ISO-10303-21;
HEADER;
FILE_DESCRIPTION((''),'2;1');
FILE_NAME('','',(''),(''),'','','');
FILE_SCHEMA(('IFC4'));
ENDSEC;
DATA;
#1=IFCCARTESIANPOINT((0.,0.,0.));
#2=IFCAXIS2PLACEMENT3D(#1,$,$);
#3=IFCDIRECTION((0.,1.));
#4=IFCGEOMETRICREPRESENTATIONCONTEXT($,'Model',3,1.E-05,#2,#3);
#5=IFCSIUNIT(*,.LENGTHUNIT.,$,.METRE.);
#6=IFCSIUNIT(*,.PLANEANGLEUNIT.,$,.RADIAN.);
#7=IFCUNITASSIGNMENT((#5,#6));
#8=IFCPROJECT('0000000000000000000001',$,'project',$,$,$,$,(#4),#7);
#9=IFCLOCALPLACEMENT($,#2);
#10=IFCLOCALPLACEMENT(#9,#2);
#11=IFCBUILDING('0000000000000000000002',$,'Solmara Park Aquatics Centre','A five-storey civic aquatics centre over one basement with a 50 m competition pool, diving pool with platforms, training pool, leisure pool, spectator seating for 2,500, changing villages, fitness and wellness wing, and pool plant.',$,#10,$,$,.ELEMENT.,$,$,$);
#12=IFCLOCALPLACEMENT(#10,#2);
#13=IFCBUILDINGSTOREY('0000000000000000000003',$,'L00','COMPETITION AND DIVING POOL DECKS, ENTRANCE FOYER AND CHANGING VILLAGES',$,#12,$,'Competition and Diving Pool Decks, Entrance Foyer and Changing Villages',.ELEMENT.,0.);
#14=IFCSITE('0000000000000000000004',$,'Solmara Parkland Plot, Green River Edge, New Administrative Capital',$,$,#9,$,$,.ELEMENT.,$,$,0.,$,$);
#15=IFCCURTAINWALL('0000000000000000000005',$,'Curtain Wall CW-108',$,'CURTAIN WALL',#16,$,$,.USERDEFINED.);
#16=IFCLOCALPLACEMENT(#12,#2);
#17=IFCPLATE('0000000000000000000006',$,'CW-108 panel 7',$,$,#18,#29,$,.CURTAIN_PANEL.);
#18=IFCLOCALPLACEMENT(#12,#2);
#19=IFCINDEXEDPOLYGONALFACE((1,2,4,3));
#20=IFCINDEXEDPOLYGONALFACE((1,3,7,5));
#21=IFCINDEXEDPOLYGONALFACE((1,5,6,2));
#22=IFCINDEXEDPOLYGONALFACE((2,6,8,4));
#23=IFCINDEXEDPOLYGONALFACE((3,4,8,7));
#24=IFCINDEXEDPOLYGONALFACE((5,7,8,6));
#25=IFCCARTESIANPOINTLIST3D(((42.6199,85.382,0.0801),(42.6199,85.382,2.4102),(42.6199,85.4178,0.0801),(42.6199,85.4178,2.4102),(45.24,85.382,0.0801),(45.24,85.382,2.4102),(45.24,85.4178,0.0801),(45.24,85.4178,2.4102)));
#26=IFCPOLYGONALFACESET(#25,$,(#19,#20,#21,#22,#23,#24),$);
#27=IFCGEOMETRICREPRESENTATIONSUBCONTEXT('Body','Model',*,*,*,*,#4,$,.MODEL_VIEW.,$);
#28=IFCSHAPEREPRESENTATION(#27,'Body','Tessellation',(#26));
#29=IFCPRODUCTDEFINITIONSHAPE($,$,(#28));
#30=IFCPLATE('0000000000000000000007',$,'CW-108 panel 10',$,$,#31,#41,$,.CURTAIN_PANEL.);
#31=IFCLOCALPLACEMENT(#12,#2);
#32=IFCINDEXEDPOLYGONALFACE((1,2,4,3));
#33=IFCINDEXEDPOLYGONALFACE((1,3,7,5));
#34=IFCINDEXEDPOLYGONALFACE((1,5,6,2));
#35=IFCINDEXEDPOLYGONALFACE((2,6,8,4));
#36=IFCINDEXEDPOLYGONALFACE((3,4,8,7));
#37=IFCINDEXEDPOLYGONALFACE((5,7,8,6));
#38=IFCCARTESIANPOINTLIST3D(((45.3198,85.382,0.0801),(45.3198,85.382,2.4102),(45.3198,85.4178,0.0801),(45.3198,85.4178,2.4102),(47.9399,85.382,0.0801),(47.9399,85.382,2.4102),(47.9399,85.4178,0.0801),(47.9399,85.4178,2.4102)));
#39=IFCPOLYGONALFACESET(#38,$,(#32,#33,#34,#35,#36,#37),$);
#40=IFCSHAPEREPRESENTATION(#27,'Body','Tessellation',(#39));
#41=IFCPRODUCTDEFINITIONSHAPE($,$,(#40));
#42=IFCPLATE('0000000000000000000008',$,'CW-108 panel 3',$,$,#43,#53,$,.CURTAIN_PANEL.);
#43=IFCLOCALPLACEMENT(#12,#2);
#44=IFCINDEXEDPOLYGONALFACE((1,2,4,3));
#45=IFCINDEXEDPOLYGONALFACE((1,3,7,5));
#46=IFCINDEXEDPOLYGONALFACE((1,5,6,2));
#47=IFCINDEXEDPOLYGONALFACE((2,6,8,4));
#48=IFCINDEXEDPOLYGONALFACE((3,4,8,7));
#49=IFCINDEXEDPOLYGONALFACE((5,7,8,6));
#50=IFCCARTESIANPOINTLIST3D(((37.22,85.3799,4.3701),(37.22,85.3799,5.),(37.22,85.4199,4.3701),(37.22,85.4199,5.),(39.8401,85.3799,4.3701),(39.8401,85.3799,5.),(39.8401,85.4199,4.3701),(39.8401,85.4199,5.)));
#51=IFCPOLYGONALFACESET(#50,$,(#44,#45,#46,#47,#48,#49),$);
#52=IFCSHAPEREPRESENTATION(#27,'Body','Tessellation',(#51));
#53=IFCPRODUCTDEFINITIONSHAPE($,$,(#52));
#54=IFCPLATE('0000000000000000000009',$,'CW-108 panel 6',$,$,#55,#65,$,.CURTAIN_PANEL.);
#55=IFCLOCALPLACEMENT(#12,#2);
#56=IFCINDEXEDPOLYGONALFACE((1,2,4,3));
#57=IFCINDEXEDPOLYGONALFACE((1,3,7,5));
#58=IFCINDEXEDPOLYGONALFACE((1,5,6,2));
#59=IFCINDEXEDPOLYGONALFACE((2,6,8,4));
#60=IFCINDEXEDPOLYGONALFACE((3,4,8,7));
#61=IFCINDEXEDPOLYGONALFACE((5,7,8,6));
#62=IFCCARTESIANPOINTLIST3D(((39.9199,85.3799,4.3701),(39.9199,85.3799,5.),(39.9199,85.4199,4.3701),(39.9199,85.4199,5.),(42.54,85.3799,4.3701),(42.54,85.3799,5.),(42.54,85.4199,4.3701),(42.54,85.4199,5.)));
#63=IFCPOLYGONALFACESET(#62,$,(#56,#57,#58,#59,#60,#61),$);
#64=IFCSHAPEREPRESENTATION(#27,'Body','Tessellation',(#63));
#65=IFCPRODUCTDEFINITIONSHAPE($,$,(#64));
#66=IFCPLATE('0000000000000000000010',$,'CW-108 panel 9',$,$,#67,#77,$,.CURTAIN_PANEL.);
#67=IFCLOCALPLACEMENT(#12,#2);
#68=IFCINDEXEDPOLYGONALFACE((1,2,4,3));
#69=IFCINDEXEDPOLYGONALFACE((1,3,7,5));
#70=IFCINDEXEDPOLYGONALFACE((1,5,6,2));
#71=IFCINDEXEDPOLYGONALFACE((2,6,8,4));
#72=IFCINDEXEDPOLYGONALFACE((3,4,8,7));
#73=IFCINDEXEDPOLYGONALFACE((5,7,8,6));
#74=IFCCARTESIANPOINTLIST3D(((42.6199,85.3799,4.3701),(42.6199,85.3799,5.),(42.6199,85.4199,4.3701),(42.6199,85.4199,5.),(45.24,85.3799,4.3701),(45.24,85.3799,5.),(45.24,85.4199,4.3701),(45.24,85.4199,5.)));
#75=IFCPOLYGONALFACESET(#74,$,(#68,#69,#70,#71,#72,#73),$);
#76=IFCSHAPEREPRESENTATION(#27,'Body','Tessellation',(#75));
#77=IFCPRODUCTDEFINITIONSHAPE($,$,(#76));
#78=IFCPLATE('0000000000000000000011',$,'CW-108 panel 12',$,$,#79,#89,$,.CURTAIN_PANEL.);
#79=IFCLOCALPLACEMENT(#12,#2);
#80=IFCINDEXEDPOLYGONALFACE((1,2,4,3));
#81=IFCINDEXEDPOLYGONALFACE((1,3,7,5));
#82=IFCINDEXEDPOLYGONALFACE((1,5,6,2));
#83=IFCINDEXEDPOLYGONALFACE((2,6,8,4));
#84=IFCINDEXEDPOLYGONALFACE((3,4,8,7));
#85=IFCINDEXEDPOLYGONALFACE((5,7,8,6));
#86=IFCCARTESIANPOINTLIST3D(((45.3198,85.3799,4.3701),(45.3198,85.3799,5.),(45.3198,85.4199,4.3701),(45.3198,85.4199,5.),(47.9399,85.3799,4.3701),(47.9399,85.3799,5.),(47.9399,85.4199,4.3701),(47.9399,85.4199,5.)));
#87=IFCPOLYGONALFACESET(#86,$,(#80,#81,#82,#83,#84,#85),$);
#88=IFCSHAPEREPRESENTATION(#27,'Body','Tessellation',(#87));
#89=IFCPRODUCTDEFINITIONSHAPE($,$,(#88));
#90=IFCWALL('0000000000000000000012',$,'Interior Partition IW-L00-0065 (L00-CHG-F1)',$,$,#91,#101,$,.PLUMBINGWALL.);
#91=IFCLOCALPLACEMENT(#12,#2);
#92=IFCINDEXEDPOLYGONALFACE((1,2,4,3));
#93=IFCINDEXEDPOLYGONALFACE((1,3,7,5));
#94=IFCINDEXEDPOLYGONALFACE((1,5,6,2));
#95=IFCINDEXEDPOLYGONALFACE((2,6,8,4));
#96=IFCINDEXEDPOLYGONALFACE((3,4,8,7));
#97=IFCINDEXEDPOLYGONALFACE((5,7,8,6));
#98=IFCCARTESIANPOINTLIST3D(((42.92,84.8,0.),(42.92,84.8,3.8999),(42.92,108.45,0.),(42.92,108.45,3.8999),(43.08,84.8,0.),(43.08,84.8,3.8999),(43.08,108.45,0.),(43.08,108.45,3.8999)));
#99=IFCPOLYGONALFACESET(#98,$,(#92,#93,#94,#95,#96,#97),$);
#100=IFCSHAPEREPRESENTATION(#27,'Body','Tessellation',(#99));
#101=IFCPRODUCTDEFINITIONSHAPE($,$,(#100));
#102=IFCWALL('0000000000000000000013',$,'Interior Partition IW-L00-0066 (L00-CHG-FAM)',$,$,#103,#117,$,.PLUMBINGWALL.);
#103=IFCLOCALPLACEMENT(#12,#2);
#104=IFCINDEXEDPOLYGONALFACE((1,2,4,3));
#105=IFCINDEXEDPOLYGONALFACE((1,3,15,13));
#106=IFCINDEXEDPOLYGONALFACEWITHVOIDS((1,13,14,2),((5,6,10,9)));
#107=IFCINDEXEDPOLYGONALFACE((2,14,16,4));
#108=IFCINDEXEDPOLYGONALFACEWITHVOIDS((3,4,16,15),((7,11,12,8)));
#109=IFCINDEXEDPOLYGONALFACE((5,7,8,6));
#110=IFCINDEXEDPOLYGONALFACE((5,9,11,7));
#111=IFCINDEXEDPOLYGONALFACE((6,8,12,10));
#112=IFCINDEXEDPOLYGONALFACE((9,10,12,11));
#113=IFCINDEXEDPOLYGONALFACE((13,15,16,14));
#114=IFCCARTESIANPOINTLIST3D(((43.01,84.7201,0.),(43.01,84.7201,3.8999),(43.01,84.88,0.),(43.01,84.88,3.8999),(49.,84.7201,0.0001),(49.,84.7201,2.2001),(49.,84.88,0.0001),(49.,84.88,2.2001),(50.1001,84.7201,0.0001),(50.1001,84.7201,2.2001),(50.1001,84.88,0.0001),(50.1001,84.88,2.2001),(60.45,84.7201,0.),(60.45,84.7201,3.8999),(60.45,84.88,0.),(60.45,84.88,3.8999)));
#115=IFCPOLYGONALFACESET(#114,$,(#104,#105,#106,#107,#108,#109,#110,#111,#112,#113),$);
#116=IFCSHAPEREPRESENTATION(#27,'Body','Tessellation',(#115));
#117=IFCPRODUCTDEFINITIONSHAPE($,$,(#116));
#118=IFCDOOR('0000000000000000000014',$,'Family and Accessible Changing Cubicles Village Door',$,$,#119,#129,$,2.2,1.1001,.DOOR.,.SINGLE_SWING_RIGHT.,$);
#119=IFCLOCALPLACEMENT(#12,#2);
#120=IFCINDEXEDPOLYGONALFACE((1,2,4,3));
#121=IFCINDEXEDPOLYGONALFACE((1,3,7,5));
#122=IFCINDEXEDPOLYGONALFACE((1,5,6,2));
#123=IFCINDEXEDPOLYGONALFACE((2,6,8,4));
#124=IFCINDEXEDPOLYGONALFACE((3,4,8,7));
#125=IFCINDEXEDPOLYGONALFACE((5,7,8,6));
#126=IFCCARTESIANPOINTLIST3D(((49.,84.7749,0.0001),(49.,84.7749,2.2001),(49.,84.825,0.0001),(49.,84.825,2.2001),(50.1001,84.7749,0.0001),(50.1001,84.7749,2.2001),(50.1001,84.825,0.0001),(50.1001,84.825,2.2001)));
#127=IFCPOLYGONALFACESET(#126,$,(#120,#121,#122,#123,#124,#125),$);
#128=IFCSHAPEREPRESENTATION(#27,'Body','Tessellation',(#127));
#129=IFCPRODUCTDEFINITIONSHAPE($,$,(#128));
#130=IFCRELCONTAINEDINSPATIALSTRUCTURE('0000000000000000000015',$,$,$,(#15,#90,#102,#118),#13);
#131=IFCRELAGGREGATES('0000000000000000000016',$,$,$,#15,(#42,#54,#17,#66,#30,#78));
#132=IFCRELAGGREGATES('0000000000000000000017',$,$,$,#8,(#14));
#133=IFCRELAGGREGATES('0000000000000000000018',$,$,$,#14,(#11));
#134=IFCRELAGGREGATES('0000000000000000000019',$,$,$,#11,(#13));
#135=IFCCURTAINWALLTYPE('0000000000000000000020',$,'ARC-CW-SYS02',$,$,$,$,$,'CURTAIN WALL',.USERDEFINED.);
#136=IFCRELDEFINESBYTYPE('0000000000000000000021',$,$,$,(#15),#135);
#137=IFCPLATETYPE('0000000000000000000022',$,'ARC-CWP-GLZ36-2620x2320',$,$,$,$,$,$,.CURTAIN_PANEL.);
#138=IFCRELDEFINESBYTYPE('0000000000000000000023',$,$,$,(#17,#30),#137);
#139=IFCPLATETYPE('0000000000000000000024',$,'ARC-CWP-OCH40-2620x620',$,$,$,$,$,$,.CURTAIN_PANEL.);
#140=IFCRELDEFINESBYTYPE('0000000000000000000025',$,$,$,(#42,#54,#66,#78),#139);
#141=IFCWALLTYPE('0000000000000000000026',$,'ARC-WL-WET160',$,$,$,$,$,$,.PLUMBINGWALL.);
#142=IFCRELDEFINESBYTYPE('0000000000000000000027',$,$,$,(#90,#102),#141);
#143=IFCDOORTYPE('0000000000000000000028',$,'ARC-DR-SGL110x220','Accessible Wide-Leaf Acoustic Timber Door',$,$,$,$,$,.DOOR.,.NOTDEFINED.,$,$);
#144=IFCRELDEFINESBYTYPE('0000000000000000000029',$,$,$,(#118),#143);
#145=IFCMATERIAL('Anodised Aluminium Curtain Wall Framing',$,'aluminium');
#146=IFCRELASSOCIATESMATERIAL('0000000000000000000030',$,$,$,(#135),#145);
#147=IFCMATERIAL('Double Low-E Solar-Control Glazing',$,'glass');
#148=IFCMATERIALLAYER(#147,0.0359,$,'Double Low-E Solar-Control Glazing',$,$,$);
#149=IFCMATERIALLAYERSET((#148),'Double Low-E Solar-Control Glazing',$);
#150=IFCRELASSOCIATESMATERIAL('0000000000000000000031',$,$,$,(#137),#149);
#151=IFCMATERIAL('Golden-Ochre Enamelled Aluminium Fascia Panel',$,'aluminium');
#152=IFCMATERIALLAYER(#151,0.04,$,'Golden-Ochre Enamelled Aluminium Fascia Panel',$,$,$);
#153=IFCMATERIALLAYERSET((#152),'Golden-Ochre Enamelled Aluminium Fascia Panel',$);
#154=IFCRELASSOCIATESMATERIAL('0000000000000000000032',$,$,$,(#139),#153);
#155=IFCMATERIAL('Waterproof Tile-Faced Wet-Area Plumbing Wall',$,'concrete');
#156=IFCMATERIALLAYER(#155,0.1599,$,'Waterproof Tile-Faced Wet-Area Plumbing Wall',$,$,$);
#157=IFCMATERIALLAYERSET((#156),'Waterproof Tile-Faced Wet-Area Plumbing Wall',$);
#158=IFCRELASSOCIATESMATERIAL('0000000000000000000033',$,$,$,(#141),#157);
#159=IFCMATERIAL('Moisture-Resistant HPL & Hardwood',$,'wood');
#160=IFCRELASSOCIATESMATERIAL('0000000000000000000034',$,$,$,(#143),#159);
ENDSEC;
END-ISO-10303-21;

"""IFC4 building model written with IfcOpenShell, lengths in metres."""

from ifc_helpers import new_model, si_unit, direction, frame, frame_2d, origin, origin_2d, place, context, subcontext, project, spatial, rectangle, extrude, material, layer, layer_set, type_object, element, fill, aggregate, save


model = new_model("IFC4")

# Units and contexts
model_context = context("Model", 3, precision=1e-05, world=origin(), true_north=direction((0.0, 1.0)))
body_context = subcontext(model_context, "Body", "Model", "MODEL_VIEW")
ifc_project = project(units=[si_unit("LENGTHUNIT", "METRE"), si_unit("PLANEANGLEUNIT", "RADIAN")], contexts=[model_context])

# Site, building, storey
site_placement = place(None, origin())
site = spatial("IfcSite", under=ifc_project, at=site_placement, Name="Solmara Parkland Plot, Green River Edge, New Administrative Capital", CompositionType="ELEMENT", RefElevation=0.0)
building_placement = place(site_placement, origin())
building = spatial("IfcBuilding", under=site, at=building_placement, Name="Solmara Park Aquatics Centre", Description="A five-storey civic aquatics centre over one basement with a 50 m competition pool, diving pool with platforms, training pool, leisure pool, spectator seating for 2,500, changing villages, fitness and wellness wing, and pool plant.", CompositionType="ELEMENT")
storey_placement = place(building_placement, origin())
storey = spatial("IfcBuildingStorey", under=building, at=storey_placement, Name="L00", Description="COMPETITION AND DIVING POOL DECKS, ENTRANCE FOYER AND CHANGING VILLAGES", LongName="Competition and Diving Pool Decks, Entrance Foyer and Changing Villages", CompositionType="ELEMENT", Elevation=0.0)

# Curtain wall
ifc_material_1 = material(Name="Anodised Aluminium Curtain Wall Framing", Category="aluminium")
curtain_wall_type = type_object("IfcCurtainWallType", Name="ARC-CW-SYS02", ElementType="CURTAIN WALL", PredefinedType="USERDEFINED", material=ifc_material_1)
curtain_wall_placement = place(storey_placement, origin())
curtain_wall = element("IfcCurtainWall", 1, at=curtain_wall_placement, inside=storey, type_object=curtain_wall_type, Name="Curtain Wall CW-108", ObjectType="CURTAIN WALL", PredefinedType="USERDEFINED")

# Plates
ifc_material_2 = material(Name="Double Low-E Solar-Control Glazing", Category="glass")
ifc_layer_1 = layer(ifc_material_2, 0.0359, Name="Double Low-E Solar-Control Glazing")
ifc_layer_set_1 = layer_set([ifc_layer_1], Name="Double Low-E Solar-Control Glazing")
plate_type_1 = type_object("IfcPlateType", Name="ARC-CWP-GLZ36-2620x2320", PredefinedType="CURTAIN_PANEL", material=ifc_layer_set_1)
plate_1_placement = place(storey_placement, frame((43.9299, 85.3999, 0.0801), z_axis=(0.0, 0.0, 1.0), x_axis=(1.0, 0.0, 0.0)))
plate_1 = element("IfcPlate", 2, at=plate_1_placement, type_object=plate_type_1, Name="CW-108 panel 7", PredefinedType="CURTAIN_PANEL", context=body_context, shape_type="SweptSolid", body=[
    extrude(rectangle(XDim=2.6201, YDim=0.0359, at=origin_2d()), origin(), (0.0, 0.0, 1.0), 2.3301),
])
plate_2_placement = place(storey_placement, frame((46.6299, 85.3999, 0.0801), z_axis=(0.0, 0.0, 1.0), x_axis=(1.0, 0.0, 0.0)))
plate_2 = element("IfcPlate", 3, at=plate_2_placement, type_object=plate_type_1, Name="CW-108 panel 10", PredefinedType="CURTAIN_PANEL", context=body_context, shape_type="SweptSolid", body=[
    extrude(rectangle(XDim=2.6201, YDim=0.0359, at=origin_2d()), origin(), (0.0, 0.0, 1.0), 2.3301),
])
ifc_material_3 = material(Name="Golden-Ochre Enamelled Aluminium Fascia Panel", Category="aluminium")
ifc_layer_2 = layer(ifc_material_3, 0.04, Name="Golden-Ochre Enamelled Aluminium Fascia Panel")
ifc_layer_set_2 = layer_set([ifc_layer_2], Name="Golden-Ochre Enamelled Aluminium Fascia Panel")
plate_type_2 = type_object("IfcPlateType", Name="ARC-CWP-OCH40-2620x620", PredefinedType="CURTAIN_PANEL", material=ifc_layer_set_2)
plate_3_placement = place(storey_placement, frame((38.53, 85.3999, 4.3701), z_axis=(0.0, 0.0, 1.0), x_axis=(1.0, 0.0, 0.0)))
plate_3 = element("IfcPlate", 4, at=plate_3_placement, type_object=plate_type_2, Name="CW-108 panel 3", PredefinedType="CURTAIN_PANEL", context=body_context, shape_type="SweptSolid", body=[
    extrude(rectangle(XDim=2.6201, YDim=0.04, at=origin_2d()), origin(), (0.0, 0.0, 1.0), 0.6299),
])
plate_4_placement = place(storey_placement, frame((41.23, 85.3999, 4.3701), z_axis=(0.0, 0.0, 1.0), x_axis=(1.0, 0.0, 0.0)))
plate_4 = element("IfcPlate", 5, at=plate_4_placement, type_object=plate_type_2, Name="CW-108 panel 6", PredefinedType="CURTAIN_PANEL", context=body_context, shape_type="SweptSolid", body=[
    extrude(rectangle(XDim=2.6201, YDim=0.04, at=origin_2d()), origin(), (0.0, 0.0, 1.0), 0.6299),
])
plate_5_placement = place(storey_placement, frame((43.9299, 85.3999, 4.3701), z_axis=(0.0, 0.0, 1.0), x_axis=(1.0, 0.0, 0.0)))
plate_5 = element("IfcPlate", 6, at=plate_5_placement, type_object=plate_type_2, Name="CW-108 panel 9", PredefinedType="CURTAIN_PANEL", context=body_context, shape_type="SweptSolid", body=[
    extrude(rectangle(XDim=2.6201, YDim=0.04, at=origin_2d()), origin(), (0.0, 0.0, 1.0), 0.6299),
])
plate_6_placement = place(storey_placement, frame((46.6299, 85.3999, 4.3701), z_axis=(0.0, 0.0, 1.0), x_axis=(1.0, 0.0, 0.0)))
plate_6 = element("IfcPlate", 7, at=plate_6_placement, type_object=plate_type_2, Name="CW-108 panel 12", PredefinedType="CURTAIN_PANEL", context=body_context, shape_type="SweptSolid", body=[
    extrude(rectangle(XDim=2.6201, YDim=0.04, at=origin_2d()), origin(), (0.0, 0.0, 1.0), 0.6299),
])
aggregate(curtain_wall, [plate_3, plate_4, plate_1, plate_5, plate_2, plate_6])

# Wall
ifc_material_4 = material(Name="Waterproof Tile-Faced Wet-Area Plumbing Wall", Category="concrete")
ifc_layer_3 = layer(ifc_material_4, 0.1599, Name="Waterproof Tile-Faced Wet-Area Plumbing Wall")
ifc_layer_set_3 = layer_set([ifc_layer_3], Name="Waterproof Tile-Faced Wet-Area Plumbing Wall")
wall_type = type_object("IfcWallType", Name="ARC-WL-WET160", PredefinedType="PLUMBINGWALL", material=ifc_layer_set_3)
wall_1_placement = place(storey_placement, frame((43.0, 84.8, 0.0), z_axis=(0.0, 0.0, 1.0), x_axis=(0.0, 1.0, 0.0)))
element("IfcWall", 8, at=wall_1_placement, inside=storey, type_object=wall_type, Name="Interior Partition IW-L00-0065 (L00-CHG-F1)", PredefinedType="PLUMBINGWALL", context=body_context, shape_type="SweptSolid", body=[
    extrude(rectangle(XDim=23.6499, YDim=0.1599, at=frame_2d((11.825, 0.0))), origin(), (0.0, 0.0, 1.0), 3.8999),
])

# Wall, opening, door
wall_2_placement = place(storey_placement, frame((43.01, 84.8, 0.0), z_axis=(0.0, 0.0, 1.0), x_axis=(1.0, 0.0, 0.0)))
wall_2 = element("IfcWall", 9, at=wall_2_placement, inside=storey, type_object=wall_type, Name="Interior Partition IW-L00-0066 (L00-CHG-FAM)", PredefinedType="PLUMBINGWALL", context=body_context, shape_type="SweptSolid", body=[
    extrude(rectangle(XDim=17.4399, YDim=0.1599, at=frame_2d((8.72, 0.0))), origin(), (0.0, 0.0, 1.0), 3.8999),
])
opening_placement = place(wall_2_placement, frame((5.99, 0.0, 0.0)))
opening = element("IfcOpeningElement", 10, at=opening_placement, cuts=wall_2, PredefinedType="OPENING", context=body_context, shape_type="SweptSolid", body=[
    extrude(rectangle(XDim=1.1001, YDim=2.2, at=frame_2d((0.55, 1.1001))), frame((0.0, 0.0898, 0.0), z_axis=(0.0, -1.0, 0.0), x_axis=(1.0, 0.0, 0.0)), (0.0, 0.0, 1.0), 0.1799),
])
ifc_material_5 = material(Name="Moisture-Resistant HPL & Hardwood", Category="wood")
door_type = type_object("IfcDoorType", Name="ARC-DR-SGL110x220", Description="Accessible Wide-Leaf Acoustic Timber Door", OperationType="NOTDEFINED", PredefinedType="DOOR", material=ifc_material_5)
door_placement = place(opening_placement, origin())
door = element("IfcDoor", 11, at=door_placement, inside=storey, type_object=door_type, Name="Family and Accessible Changing Cubicles Village Door", OperationType="SINGLE_SWING_RIGHT", OverallHeight=2.2, OverallWidth=1.1001, PredefinedType="DOOR", context=body_context, shape_type="SweptSolid", body=[
    extrude(rectangle(XDim=1.1001, YDim=2.2, at=frame_2d((0.55, 1.1001))), frame((0.0, 0.0249, 0.0), z_axis=(0.0, -1.0, 0.0), x_axis=(1.0, 0.0, 0.0)), (0.0, 0.0, 1.0), 0.05),
])
fill(opening, door)

save(model, "model.ifc")
